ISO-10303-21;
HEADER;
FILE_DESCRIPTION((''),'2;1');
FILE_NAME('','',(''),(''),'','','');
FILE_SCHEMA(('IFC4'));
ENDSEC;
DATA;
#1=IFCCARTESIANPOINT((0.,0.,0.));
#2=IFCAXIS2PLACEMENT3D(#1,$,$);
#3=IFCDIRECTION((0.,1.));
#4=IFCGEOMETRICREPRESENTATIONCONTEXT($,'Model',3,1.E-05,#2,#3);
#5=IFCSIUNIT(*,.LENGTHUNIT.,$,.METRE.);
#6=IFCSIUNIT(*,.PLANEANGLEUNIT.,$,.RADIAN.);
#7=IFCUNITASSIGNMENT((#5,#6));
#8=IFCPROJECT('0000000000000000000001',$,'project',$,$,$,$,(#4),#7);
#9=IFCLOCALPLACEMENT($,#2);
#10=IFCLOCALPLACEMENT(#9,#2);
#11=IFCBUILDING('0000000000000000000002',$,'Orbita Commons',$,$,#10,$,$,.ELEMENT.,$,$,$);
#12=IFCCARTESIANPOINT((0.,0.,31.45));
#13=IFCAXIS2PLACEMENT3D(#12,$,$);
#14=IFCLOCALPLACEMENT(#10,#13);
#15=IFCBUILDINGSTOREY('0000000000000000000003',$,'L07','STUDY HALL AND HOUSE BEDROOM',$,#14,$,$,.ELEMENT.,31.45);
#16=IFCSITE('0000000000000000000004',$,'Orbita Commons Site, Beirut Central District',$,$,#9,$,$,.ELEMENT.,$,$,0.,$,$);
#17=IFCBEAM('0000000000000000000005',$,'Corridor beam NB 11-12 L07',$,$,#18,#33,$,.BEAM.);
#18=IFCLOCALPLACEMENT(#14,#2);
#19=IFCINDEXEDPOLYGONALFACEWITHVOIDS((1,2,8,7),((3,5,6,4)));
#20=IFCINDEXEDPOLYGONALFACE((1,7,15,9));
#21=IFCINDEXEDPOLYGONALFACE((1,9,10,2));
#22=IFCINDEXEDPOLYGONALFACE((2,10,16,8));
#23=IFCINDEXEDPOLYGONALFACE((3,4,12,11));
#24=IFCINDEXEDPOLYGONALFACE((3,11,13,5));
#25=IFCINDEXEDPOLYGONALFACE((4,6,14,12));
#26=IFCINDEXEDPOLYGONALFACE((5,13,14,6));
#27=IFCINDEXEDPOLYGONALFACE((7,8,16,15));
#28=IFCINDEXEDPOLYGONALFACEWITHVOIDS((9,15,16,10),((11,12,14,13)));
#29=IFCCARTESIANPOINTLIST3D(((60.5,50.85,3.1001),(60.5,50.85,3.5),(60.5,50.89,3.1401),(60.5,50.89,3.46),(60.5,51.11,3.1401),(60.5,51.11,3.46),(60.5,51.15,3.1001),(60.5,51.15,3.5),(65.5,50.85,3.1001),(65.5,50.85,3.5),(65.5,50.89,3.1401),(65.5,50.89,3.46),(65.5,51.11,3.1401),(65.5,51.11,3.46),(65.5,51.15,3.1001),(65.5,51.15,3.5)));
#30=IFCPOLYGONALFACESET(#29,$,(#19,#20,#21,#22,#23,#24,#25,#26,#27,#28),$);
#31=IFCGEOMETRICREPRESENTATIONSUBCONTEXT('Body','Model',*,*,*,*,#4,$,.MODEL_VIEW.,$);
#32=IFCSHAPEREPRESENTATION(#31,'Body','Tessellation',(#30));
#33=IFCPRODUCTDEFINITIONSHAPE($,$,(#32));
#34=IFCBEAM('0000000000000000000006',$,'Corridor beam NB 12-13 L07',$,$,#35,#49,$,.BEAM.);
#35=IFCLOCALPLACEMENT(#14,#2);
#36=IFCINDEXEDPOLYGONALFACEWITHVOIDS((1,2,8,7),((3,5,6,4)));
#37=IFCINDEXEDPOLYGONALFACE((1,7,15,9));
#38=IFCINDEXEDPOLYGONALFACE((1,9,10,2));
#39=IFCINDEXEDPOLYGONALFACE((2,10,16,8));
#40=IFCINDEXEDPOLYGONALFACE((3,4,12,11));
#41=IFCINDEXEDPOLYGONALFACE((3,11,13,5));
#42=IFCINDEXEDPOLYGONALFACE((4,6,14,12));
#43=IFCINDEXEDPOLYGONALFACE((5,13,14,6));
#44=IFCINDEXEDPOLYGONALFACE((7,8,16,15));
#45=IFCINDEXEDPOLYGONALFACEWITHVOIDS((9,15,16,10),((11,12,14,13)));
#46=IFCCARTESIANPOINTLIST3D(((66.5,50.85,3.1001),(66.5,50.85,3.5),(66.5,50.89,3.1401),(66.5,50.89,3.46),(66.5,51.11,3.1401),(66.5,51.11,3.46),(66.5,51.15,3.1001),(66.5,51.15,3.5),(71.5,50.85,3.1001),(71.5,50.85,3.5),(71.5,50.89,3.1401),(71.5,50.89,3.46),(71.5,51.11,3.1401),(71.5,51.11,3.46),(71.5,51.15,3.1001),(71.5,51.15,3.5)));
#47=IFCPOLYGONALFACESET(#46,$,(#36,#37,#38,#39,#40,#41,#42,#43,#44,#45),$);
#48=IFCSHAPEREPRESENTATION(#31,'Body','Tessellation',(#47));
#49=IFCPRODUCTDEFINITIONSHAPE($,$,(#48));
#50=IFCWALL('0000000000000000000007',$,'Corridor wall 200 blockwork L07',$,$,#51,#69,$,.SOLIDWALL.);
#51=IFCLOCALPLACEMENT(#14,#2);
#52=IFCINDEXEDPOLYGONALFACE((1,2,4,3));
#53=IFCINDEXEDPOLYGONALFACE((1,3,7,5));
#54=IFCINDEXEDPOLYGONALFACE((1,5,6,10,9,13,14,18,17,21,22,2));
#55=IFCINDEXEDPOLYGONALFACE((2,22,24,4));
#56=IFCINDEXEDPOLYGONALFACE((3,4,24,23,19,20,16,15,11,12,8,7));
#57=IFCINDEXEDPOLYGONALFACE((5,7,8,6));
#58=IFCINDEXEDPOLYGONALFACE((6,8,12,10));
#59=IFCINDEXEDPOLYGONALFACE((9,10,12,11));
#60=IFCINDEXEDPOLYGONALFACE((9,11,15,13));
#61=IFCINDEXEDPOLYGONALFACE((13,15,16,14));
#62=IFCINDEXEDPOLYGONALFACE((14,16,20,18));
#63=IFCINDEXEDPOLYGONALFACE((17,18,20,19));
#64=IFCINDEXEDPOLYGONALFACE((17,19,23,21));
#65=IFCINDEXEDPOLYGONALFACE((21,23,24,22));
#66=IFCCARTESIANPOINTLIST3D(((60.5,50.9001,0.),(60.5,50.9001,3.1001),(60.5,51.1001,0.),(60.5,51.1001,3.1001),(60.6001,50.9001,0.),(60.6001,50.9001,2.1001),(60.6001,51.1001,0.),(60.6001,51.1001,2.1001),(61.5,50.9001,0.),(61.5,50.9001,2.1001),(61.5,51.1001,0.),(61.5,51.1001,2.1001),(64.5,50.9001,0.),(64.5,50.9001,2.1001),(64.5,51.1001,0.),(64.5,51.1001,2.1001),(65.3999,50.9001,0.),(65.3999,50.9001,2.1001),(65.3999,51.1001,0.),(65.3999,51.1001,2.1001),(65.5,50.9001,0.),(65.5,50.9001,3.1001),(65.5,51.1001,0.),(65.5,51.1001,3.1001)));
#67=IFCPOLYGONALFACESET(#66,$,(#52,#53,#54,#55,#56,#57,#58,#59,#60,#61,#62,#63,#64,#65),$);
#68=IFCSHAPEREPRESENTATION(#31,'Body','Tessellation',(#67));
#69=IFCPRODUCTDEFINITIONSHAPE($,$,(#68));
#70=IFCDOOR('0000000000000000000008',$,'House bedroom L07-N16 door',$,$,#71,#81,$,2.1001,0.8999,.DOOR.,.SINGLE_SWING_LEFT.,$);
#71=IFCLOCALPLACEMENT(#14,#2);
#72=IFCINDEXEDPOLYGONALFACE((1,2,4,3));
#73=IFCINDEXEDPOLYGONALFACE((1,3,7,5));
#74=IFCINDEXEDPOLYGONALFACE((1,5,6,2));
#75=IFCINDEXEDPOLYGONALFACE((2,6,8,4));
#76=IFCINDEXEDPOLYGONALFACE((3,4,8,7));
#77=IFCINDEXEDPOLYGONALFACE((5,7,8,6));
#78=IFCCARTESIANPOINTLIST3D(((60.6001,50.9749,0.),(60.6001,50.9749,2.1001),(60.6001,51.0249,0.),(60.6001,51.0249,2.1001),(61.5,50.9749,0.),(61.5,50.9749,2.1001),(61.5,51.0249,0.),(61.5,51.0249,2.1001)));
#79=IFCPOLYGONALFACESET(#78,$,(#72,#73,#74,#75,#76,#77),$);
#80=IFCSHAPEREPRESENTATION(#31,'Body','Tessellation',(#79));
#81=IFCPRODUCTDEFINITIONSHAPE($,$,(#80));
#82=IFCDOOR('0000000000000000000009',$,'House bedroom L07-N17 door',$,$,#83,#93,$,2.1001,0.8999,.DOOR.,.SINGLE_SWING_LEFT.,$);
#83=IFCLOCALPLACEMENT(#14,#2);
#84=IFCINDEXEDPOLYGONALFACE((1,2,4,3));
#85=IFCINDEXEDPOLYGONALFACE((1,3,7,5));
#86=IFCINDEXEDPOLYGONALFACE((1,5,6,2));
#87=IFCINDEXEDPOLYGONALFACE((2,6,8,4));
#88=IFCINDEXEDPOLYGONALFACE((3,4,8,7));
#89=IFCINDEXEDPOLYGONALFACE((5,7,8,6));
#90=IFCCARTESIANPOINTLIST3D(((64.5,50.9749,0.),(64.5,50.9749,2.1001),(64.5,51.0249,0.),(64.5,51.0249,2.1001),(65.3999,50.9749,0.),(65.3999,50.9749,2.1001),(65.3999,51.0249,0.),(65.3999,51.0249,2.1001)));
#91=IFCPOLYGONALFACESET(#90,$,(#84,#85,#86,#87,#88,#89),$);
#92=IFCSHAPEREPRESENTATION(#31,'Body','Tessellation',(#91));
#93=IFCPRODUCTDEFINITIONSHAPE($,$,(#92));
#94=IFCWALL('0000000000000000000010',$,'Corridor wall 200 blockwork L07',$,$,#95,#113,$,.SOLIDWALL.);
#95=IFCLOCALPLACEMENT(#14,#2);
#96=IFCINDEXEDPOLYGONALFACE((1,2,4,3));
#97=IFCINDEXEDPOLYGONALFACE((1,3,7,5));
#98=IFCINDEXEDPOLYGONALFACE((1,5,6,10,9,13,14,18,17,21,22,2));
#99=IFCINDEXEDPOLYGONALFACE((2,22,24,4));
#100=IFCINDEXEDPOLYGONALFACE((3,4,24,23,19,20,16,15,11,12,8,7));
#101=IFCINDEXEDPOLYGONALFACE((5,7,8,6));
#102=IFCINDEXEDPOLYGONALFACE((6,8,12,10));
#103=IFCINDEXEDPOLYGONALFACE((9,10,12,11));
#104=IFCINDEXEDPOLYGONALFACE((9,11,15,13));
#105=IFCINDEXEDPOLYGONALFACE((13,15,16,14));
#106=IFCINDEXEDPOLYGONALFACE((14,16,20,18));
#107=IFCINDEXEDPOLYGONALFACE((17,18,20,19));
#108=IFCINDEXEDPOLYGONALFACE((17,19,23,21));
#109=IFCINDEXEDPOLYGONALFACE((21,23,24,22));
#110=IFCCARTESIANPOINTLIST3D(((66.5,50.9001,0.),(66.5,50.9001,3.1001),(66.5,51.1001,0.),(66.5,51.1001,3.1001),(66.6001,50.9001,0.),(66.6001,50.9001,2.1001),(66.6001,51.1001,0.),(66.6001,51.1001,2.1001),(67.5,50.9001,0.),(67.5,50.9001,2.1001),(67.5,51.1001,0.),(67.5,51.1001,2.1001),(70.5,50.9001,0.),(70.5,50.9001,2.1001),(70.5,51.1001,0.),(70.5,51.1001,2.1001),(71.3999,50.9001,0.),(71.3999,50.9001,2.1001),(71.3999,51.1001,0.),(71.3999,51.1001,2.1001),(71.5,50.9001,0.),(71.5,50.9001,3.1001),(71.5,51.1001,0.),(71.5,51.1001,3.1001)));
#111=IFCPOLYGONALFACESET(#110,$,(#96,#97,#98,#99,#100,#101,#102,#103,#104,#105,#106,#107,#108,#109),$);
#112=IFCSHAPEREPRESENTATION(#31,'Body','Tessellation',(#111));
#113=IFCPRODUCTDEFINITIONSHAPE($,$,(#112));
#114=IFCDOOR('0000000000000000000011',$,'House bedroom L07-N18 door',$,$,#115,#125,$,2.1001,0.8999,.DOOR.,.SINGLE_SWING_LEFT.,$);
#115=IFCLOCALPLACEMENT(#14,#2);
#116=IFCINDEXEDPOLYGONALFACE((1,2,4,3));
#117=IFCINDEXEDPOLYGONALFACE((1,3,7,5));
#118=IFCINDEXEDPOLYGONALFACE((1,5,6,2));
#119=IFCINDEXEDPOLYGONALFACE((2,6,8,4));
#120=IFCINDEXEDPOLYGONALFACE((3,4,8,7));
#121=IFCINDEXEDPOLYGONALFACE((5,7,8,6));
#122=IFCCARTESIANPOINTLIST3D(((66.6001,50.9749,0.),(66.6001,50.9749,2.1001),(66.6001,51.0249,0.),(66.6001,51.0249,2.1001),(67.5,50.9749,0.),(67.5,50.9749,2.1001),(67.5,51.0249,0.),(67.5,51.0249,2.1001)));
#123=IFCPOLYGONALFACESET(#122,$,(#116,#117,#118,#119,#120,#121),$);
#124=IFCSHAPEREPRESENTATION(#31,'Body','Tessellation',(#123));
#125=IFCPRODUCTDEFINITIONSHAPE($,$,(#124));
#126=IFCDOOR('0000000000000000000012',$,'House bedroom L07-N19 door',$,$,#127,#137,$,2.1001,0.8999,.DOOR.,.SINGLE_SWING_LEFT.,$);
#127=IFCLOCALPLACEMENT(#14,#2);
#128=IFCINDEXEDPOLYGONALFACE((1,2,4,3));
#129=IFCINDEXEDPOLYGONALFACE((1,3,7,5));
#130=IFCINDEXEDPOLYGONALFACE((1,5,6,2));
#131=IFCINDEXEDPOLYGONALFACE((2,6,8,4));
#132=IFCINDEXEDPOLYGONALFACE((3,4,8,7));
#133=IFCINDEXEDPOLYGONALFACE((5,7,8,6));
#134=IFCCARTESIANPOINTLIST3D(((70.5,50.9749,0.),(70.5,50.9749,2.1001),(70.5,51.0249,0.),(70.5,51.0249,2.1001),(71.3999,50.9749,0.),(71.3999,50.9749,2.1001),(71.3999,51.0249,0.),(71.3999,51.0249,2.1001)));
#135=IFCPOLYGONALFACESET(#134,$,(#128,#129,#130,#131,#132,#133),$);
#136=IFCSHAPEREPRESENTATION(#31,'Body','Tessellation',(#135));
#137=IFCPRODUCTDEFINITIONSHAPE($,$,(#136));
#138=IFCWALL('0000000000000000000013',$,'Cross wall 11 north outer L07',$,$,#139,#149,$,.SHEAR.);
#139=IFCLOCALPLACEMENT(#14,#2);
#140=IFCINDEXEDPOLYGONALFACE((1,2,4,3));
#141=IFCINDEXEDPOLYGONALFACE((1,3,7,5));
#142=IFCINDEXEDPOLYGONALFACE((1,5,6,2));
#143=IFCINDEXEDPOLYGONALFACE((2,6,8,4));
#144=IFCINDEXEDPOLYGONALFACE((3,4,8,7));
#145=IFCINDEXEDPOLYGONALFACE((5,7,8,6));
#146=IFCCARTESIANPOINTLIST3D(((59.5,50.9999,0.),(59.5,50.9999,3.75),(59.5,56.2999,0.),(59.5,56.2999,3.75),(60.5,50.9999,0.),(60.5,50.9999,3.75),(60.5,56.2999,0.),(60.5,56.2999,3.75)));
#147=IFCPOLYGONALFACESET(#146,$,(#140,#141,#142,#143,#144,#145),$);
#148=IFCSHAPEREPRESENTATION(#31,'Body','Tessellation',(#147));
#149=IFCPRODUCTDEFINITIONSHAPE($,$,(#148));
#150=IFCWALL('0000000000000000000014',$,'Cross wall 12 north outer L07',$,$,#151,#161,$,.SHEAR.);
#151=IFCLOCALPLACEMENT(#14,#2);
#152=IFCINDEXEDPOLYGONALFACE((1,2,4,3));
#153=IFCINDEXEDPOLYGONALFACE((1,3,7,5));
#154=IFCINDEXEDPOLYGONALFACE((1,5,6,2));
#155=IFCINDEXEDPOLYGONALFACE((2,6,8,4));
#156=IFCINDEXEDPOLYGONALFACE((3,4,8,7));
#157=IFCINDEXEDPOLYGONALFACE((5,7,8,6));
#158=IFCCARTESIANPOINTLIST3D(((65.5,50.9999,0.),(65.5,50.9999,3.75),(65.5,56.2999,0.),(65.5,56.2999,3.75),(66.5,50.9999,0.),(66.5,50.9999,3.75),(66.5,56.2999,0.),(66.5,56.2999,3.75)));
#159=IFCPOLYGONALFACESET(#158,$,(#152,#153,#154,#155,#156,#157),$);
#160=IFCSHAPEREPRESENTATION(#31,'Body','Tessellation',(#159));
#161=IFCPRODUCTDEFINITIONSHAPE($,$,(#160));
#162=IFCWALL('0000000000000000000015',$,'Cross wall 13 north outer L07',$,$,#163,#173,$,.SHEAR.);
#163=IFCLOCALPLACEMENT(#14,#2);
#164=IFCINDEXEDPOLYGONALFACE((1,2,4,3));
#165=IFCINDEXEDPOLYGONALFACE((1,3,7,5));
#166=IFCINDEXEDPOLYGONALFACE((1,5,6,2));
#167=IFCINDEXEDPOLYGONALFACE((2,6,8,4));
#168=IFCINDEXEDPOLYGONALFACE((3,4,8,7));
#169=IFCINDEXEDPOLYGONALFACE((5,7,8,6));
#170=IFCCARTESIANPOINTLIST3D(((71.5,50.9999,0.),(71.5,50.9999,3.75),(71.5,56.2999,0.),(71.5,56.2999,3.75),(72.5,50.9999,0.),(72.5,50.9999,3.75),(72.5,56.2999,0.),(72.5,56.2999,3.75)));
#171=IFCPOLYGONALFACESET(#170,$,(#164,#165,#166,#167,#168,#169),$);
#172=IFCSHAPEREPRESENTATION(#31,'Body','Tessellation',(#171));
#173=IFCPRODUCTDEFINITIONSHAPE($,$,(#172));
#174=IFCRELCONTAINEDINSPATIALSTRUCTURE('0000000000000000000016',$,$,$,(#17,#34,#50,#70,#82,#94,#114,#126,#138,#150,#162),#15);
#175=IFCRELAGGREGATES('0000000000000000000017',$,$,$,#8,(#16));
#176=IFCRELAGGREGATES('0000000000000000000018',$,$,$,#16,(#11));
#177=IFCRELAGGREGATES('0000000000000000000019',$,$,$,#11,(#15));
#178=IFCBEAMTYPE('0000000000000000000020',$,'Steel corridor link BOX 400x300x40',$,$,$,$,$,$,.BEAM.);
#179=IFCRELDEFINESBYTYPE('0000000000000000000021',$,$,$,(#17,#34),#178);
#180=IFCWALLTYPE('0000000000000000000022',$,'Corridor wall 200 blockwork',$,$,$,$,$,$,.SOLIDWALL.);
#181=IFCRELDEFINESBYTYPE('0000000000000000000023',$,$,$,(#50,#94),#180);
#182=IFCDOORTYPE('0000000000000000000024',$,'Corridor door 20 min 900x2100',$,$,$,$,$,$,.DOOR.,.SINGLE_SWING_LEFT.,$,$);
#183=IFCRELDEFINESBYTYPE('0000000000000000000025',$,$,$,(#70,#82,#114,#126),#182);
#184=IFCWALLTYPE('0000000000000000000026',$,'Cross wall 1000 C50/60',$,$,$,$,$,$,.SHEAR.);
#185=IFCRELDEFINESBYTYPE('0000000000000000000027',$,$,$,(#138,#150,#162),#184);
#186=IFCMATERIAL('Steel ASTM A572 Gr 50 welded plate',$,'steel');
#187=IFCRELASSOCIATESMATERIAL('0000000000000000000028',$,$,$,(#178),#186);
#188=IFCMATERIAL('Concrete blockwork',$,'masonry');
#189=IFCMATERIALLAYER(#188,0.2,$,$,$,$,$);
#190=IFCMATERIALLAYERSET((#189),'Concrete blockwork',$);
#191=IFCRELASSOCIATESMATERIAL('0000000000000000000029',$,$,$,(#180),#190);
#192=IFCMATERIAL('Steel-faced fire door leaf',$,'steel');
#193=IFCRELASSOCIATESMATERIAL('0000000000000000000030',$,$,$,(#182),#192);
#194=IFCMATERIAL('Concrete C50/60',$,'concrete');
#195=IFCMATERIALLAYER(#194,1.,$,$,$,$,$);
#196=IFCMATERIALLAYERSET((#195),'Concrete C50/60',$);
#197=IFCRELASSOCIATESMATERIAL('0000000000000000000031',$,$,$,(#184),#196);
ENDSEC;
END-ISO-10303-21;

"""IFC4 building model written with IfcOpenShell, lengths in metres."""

from ifc_helpers import new_model, si_unit, direction, frame, frame_2d, origin, origin_2d, place, context, subcontext, project, spatial, polyline, rectangle, hollow_rectangle, outline, extrude, material, layer, layer_set, material_profile, profile_set, type_object, element, fill, save


model = new_model("IFC4")

# Units and contexts
model_context = context("Model", 3, precision=1e-05, world=origin(), true_north=direction((0.0, 1.0)))
body_context = subcontext(model_context, "Body", "Model", "MODEL_VIEW")
ifc_project = project(units=[si_unit("LENGTHUNIT", "METRE"), si_unit("PLANEANGLEUNIT", "RADIAN")], contexts=[model_context])

# Site, building, storey
site_placement = place(None, origin())
site = spatial("IfcSite", under=ifc_project, at=site_placement, Name="Orbita Commons Site, Beirut Central District", CompositionType="ELEMENT", RefElevation=0.0)
building_placement = place(site_placement, origin())
building = spatial("IfcBuilding", under=site, at=building_placement, Name="Orbita Commons", CompositionType="ELEMENT")
storey_placement = place(building_placement, frame((0.0, 0.0, 31.45)))
storey = spatial("IfcBuildingStorey", under=building, at=storey_placement, Name="L07", Description="STUDY HALL AND HOUSE BEDROOM", CompositionType="ELEMENT", Elevation=31.45)

# Beams
ifc_material_1 = material(Name="Steel ASTM A572 Gr 50 welded plate", Category="steel")
ifc_material_profile = material_profile(ifc_material_1, hollow_rectangle(XDim=0.3, YDim=0.3999, WallThickness=0.04, at=origin_2d()), Name="BOX 400x300x40")
ifc_profile_set = profile_set([ifc_material_profile], Name="Steel ASTM A572 Gr 50 welded plate")
beam_type = type_object("IfcBeamType", Name="Steel corridor link BOX 400x300x40", PredefinedType="BEAM", material=ifc_profile_set)
for number, where, z_axis, x_axis, name in (
    (1, (60.5, 51.0, 3.3), (1.0, 0.0, 0.0), (0.0, 1.0, 0.0), "Corridor beam NB 11-12 L07"),
    (2, (66.5, 51.0, 3.3), (1.0, 0.0, 0.0), (0.0, 1.0, 0.0), "Corridor beam NB 12-13 L07"),
):
    element("IfcBeam", number, at=place(storey_placement, frame(where, z_axis=z_axis, x_axis=x_axis)), inside=storey, type_object=beam_type, Name=name, PredefinedType="BEAM", context=body_context, shape_type="SweptSolid", body=[
        extrude(hollow_rectangle(XDim=0.3, YDim=0.3999, WallThickness=0.04, at=origin_2d()), origin(), (0.0, 0.0, 1.0), 5.0),
    ])

# Walls, openings, doors
ifc_material_2 = material(Name="Concrete blockwork", Category="masonry")
ifc_layer_1 = layer(ifc_material_2, 0.2)
ifc_layer_set_1 = layer_set([ifc_layer_1], Name="Concrete blockwork")
wall_type_1 = type_object("IfcWallType", Name="Corridor wall 200 blockwork", PredefinedType="SOLIDWALL", material=ifc_layer_set_1)
wall_1_placement = place(storey_placement, frame((60.5, 51.0, 0.0), z_axis=(0.0, 0.0, 1.0), x_axis=(1.0, 0.0, 0.0)))
wall_1 = element("IfcWall", 3, at=wall_1_placement, inside=storey, type_object=wall_type_1, Name="Corridor wall 200 blockwork L07", PredefinedType="SOLIDWALL", context=body_context, shape_type="SweptSolid", body=[
    extrude(outline(polyline([(0.0, 0.0), (5.0, 0.0), (5.0, 3.1001), (0.0, 3.1001), (0.0, 0.0)])), frame((0.0, 0.1001, 0.0), z_axis=(0.0, -1.0, 0.0), x_axis=(1.0, 0.0, 0.0)), (0.0, 0.0, 1.0), 0.2),
])
opening_1_placement = place(wall_1_placement, frame((0.1001, 0.0, 0.0)))
opening_1 = element("IfcOpeningElement", 4, at=opening_1_placement, cuts=wall_1, PredefinedType="OPENING", context=body_context, shape_type="SweptSolid", body=[
    extrude(rectangle(XDim=0.8999, YDim=2.1001, at=frame_2d((0.45, 1.05))), frame((0.0, 0.1099, 0.0), z_axis=(0.0, -1.0, 0.0), x_axis=(1.0, 0.0, 0.0)), (0.0, 0.0, 1.0), 0.22),
])
opening_2_placement = place(wall_1_placement, frame((4.0, 0.0, 0.0)))
opening_2 = element("IfcOpeningElement", 5, at=opening_2_placement, cuts=wall_1, PredefinedType="OPENING", context=body_context, shape_type="SweptSolid", body=[
    extrude(rectangle(XDim=0.8999, YDim=2.1001, at=frame_2d((0.45, 1.05))), frame((0.0, 0.1099, 0.0), z_axis=(0.0, -1.0, 0.0), x_axis=(1.0, 0.0, 0.0)), (0.0, 0.0, 1.0), 0.22),
])
ifc_material_3 = material(Name="Steel-faced fire door leaf", Category="steel")
door_type_1 = type_object("IfcDoorType", Name="Corridor door 20 min 900x2100", OperationType="SINGLE_SWING_LEFT", PredefinedType="DOOR", material=ifc_material_3)
door_1_placement = place(opening_1_placement, origin())
door_1 = element("IfcDoor", 6, at=door_1_placement, inside=storey, type_object=door_type_1, Name="House bedroom L07-N16 door", OperationType="SINGLE_SWING_LEFT", OverallHeight=2.1001, OverallWidth=0.8999, PredefinedType="DOOR", context=body_context, shape_type="SweptSolid", body=[
    extrude(rectangle(XDim=0.8999, YDim=2.1001, at=frame_2d((0.45, 1.05))), frame((0.0, 0.0249, 0.0), z_axis=(0.0, -1.0, 0.0), x_axis=(1.0, 0.0, 0.0)), (0.0, 0.0, 1.0), 0.05),
])
fill(opening_1, door_1)
door_2_placement = place(opening_2_placement, origin())
door_2 = element("IfcDoor", 7, at=door_2_placement, inside=storey, type_object=door_type_1, Name="House bedroom L07-N17 door", OperationType="SINGLE_SWING_LEFT", OverallHeight=2.1001, OverallWidth=0.8999, PredefinedType="DOOR", context=body_context, shape_type="SweptSolid", body=[
    extrude(rectangle(XDim=0.8999, YDim=2.1001, at=frame_2d((0.45, 1.05))), frame((0.0, 0.0249, 0.0), z_axis=(0.0, -1.0, 0.0), x_axis=(1.0, 0.0, 0.0)), (0.0, 0.0, 1.0), 0.05),
])
fill(opening_2, door_2)
wall_2_placement = place(storey_placement, frame((66.5, 51.0, 0.0), z_axis=(0.0, 0.0, 1.0), x_axis=(1.0, 0.0, 0.0)))
wall_2 = element("IfcWall", 8, at=wall_2_placement, inside=storey, type_object=wall_type_1, Name="Corridor wall 200 blockwork L07", PredefinedType="SOLIDWALL", context=body_context, shape_type="SweptSolid", body=[
    extrude(outline(polyline([(0.0, 0.0), (5.0, 0.0), (5.0, 3.1001), (0.0, 3.1001), (0.0, 0.0)])), frame((0.0, 0.1001, 0.0), z_axis=(0.0, -1.0, 0.0), x_axis=(1.0, 0.0, 0.0)), (0.0, 0.0, 1.0), 0.2),
])
opening_3_placement = place(wall_2_placement, frame((0.1001, 0.0, 0.0)))
opening_3 = element("IfcOpeningElement", 9, at=opening_3_placement, cuts=wall_2, PredefinedType="OPENING", context=body_context, shape_type="SweptSolid", body=[
    extrude(rectangle(XDim=0.8999, YDim=2.1001, at=frame_2d((0.45, 1.05))), frame((0.0, 0.1099, 0.0), z_axis=(0.0, -1.0, 0.0), x_axis=(1.0, 0.0, 0.0)), (0.0, 0.0, 1.0), 0.22),
])
opening_4_placement = place(wall_2_placement, frame((4.0, 0.0, 0.0)))
opening_4 = element("IfcOpeningElement", 10, at=opening_4_placement, cuts=wall_2, PredefinedType="OPENING", context=body_context, shape_type="SweptSolid", body=[
    extrude(rectangle(XDim=0.8999, YDim=2.1001, at=frame_2d((0.45, 1.05))), frame((0.0, 0.1099, 0.0), z_axis=(0.0, -1.0, 0.0), x_axis=(1.0, 0.0, 0.0)), (0.0, 0.0, 1.0), 0.22),
])
door_3_placement = place(opening_3_placement, origin())
door_3 = element("IfcDoor", 11, at=door_3_placement, inside=storey, type_object=door_type_1, Name="House bedroom L07-N18 door", OperationType="SINGLE_SWING_LEFT", OverallHeight=2.1001, OverallWidth=0.8999, PredefinedType="DOOR", context=body_context, shape_type="SweptSolid", body=[
    extrude(rectangle(XDim=0.8999, YDim=2.1001, at=frame_2d((0.45, 1.05))), frame((0.0, 0.0249, 0.0), z_axis=(0.0, -1.0, 0.0), x_axis=(1.0, 0.0, 0.0)), (0.0, 0.0, 1.0), 0.05),
])
fill(opening_3, door_3)
door_4_placement = place(opening_4_placement, origin())
door_4 = element("IfcDoor", 12, at=door_4_placement, inside=storey, type_object=door_type_1, Name="House bedroom L07-N19 door", OperationType="SINGLE_SWING_LEFT", OverallHeight=2.1001, OverallWidth=0.8999, PredefinedType="DOOR", context=body_context, shape_type="SweptSolid", body=[
    extrude(rectangle(XDim=0.8999, YDim=2.1001, at=frame_2d((0.45, 1.05))), frame((0.0, 0.0249, 0.0), z_axis=(0.0, -1.0, 0.0), x_axis=(1.0, 0.0, 0.0)), (0.0, 0.0, 1.0), 0.05),
])
fill(opening_4, door_4)

# Walls
ifc_material_4 = material(Name="Concrete C50/60", Category="concrete")
ifc_layer_2 = layer(ifc_material_4, 1.0)
ifc_layer_set_2 = layer_set([ifc_layer_2], Name="Concrete C50/60")
wall_type_2 = type_object("IfcWallType", Name="Cross wall 1000 C50/60", PredefinedType="SHEAR", material=ifc_layer_set_2)
for number, where, z_axis, x_axis, name in (
    (13, (60.0, 51.0, 0.0), (0.0, 0.0, 1.0), (0.0, 1.0, 0.0), "Cross wall 11 north outer L07"),
    (14, (66.0, 51.0, 0.0), (0.0, 0.0, 1.0), (0.0, 1.0, 0.0), "Cross wall 12 north outer L07"),
    (15, (72.0, 51.0, 0.0), (0.0, 0.0, 1.0), (0.0, 1.0, 0.0), "Cross wall 13 north outer L07"),
):
    element("IfcWall", number, at=place(storey_placement, frame(where, z_axis=z_axis, x_axis=x_axis)), inside=storey, type_object=wall_type_2, Name=name, PredefinedType="SHEAR", context=body_context, shape_type="SweptSolid", body=[
        extrude(rectangle(XDim=5.3, YDim=1.0, at=frame_2d((2.6499, 0.0))), origin(), (0.0, 0.0, 1.0), 3.75),
    ])

save(model, "model.ifc")
